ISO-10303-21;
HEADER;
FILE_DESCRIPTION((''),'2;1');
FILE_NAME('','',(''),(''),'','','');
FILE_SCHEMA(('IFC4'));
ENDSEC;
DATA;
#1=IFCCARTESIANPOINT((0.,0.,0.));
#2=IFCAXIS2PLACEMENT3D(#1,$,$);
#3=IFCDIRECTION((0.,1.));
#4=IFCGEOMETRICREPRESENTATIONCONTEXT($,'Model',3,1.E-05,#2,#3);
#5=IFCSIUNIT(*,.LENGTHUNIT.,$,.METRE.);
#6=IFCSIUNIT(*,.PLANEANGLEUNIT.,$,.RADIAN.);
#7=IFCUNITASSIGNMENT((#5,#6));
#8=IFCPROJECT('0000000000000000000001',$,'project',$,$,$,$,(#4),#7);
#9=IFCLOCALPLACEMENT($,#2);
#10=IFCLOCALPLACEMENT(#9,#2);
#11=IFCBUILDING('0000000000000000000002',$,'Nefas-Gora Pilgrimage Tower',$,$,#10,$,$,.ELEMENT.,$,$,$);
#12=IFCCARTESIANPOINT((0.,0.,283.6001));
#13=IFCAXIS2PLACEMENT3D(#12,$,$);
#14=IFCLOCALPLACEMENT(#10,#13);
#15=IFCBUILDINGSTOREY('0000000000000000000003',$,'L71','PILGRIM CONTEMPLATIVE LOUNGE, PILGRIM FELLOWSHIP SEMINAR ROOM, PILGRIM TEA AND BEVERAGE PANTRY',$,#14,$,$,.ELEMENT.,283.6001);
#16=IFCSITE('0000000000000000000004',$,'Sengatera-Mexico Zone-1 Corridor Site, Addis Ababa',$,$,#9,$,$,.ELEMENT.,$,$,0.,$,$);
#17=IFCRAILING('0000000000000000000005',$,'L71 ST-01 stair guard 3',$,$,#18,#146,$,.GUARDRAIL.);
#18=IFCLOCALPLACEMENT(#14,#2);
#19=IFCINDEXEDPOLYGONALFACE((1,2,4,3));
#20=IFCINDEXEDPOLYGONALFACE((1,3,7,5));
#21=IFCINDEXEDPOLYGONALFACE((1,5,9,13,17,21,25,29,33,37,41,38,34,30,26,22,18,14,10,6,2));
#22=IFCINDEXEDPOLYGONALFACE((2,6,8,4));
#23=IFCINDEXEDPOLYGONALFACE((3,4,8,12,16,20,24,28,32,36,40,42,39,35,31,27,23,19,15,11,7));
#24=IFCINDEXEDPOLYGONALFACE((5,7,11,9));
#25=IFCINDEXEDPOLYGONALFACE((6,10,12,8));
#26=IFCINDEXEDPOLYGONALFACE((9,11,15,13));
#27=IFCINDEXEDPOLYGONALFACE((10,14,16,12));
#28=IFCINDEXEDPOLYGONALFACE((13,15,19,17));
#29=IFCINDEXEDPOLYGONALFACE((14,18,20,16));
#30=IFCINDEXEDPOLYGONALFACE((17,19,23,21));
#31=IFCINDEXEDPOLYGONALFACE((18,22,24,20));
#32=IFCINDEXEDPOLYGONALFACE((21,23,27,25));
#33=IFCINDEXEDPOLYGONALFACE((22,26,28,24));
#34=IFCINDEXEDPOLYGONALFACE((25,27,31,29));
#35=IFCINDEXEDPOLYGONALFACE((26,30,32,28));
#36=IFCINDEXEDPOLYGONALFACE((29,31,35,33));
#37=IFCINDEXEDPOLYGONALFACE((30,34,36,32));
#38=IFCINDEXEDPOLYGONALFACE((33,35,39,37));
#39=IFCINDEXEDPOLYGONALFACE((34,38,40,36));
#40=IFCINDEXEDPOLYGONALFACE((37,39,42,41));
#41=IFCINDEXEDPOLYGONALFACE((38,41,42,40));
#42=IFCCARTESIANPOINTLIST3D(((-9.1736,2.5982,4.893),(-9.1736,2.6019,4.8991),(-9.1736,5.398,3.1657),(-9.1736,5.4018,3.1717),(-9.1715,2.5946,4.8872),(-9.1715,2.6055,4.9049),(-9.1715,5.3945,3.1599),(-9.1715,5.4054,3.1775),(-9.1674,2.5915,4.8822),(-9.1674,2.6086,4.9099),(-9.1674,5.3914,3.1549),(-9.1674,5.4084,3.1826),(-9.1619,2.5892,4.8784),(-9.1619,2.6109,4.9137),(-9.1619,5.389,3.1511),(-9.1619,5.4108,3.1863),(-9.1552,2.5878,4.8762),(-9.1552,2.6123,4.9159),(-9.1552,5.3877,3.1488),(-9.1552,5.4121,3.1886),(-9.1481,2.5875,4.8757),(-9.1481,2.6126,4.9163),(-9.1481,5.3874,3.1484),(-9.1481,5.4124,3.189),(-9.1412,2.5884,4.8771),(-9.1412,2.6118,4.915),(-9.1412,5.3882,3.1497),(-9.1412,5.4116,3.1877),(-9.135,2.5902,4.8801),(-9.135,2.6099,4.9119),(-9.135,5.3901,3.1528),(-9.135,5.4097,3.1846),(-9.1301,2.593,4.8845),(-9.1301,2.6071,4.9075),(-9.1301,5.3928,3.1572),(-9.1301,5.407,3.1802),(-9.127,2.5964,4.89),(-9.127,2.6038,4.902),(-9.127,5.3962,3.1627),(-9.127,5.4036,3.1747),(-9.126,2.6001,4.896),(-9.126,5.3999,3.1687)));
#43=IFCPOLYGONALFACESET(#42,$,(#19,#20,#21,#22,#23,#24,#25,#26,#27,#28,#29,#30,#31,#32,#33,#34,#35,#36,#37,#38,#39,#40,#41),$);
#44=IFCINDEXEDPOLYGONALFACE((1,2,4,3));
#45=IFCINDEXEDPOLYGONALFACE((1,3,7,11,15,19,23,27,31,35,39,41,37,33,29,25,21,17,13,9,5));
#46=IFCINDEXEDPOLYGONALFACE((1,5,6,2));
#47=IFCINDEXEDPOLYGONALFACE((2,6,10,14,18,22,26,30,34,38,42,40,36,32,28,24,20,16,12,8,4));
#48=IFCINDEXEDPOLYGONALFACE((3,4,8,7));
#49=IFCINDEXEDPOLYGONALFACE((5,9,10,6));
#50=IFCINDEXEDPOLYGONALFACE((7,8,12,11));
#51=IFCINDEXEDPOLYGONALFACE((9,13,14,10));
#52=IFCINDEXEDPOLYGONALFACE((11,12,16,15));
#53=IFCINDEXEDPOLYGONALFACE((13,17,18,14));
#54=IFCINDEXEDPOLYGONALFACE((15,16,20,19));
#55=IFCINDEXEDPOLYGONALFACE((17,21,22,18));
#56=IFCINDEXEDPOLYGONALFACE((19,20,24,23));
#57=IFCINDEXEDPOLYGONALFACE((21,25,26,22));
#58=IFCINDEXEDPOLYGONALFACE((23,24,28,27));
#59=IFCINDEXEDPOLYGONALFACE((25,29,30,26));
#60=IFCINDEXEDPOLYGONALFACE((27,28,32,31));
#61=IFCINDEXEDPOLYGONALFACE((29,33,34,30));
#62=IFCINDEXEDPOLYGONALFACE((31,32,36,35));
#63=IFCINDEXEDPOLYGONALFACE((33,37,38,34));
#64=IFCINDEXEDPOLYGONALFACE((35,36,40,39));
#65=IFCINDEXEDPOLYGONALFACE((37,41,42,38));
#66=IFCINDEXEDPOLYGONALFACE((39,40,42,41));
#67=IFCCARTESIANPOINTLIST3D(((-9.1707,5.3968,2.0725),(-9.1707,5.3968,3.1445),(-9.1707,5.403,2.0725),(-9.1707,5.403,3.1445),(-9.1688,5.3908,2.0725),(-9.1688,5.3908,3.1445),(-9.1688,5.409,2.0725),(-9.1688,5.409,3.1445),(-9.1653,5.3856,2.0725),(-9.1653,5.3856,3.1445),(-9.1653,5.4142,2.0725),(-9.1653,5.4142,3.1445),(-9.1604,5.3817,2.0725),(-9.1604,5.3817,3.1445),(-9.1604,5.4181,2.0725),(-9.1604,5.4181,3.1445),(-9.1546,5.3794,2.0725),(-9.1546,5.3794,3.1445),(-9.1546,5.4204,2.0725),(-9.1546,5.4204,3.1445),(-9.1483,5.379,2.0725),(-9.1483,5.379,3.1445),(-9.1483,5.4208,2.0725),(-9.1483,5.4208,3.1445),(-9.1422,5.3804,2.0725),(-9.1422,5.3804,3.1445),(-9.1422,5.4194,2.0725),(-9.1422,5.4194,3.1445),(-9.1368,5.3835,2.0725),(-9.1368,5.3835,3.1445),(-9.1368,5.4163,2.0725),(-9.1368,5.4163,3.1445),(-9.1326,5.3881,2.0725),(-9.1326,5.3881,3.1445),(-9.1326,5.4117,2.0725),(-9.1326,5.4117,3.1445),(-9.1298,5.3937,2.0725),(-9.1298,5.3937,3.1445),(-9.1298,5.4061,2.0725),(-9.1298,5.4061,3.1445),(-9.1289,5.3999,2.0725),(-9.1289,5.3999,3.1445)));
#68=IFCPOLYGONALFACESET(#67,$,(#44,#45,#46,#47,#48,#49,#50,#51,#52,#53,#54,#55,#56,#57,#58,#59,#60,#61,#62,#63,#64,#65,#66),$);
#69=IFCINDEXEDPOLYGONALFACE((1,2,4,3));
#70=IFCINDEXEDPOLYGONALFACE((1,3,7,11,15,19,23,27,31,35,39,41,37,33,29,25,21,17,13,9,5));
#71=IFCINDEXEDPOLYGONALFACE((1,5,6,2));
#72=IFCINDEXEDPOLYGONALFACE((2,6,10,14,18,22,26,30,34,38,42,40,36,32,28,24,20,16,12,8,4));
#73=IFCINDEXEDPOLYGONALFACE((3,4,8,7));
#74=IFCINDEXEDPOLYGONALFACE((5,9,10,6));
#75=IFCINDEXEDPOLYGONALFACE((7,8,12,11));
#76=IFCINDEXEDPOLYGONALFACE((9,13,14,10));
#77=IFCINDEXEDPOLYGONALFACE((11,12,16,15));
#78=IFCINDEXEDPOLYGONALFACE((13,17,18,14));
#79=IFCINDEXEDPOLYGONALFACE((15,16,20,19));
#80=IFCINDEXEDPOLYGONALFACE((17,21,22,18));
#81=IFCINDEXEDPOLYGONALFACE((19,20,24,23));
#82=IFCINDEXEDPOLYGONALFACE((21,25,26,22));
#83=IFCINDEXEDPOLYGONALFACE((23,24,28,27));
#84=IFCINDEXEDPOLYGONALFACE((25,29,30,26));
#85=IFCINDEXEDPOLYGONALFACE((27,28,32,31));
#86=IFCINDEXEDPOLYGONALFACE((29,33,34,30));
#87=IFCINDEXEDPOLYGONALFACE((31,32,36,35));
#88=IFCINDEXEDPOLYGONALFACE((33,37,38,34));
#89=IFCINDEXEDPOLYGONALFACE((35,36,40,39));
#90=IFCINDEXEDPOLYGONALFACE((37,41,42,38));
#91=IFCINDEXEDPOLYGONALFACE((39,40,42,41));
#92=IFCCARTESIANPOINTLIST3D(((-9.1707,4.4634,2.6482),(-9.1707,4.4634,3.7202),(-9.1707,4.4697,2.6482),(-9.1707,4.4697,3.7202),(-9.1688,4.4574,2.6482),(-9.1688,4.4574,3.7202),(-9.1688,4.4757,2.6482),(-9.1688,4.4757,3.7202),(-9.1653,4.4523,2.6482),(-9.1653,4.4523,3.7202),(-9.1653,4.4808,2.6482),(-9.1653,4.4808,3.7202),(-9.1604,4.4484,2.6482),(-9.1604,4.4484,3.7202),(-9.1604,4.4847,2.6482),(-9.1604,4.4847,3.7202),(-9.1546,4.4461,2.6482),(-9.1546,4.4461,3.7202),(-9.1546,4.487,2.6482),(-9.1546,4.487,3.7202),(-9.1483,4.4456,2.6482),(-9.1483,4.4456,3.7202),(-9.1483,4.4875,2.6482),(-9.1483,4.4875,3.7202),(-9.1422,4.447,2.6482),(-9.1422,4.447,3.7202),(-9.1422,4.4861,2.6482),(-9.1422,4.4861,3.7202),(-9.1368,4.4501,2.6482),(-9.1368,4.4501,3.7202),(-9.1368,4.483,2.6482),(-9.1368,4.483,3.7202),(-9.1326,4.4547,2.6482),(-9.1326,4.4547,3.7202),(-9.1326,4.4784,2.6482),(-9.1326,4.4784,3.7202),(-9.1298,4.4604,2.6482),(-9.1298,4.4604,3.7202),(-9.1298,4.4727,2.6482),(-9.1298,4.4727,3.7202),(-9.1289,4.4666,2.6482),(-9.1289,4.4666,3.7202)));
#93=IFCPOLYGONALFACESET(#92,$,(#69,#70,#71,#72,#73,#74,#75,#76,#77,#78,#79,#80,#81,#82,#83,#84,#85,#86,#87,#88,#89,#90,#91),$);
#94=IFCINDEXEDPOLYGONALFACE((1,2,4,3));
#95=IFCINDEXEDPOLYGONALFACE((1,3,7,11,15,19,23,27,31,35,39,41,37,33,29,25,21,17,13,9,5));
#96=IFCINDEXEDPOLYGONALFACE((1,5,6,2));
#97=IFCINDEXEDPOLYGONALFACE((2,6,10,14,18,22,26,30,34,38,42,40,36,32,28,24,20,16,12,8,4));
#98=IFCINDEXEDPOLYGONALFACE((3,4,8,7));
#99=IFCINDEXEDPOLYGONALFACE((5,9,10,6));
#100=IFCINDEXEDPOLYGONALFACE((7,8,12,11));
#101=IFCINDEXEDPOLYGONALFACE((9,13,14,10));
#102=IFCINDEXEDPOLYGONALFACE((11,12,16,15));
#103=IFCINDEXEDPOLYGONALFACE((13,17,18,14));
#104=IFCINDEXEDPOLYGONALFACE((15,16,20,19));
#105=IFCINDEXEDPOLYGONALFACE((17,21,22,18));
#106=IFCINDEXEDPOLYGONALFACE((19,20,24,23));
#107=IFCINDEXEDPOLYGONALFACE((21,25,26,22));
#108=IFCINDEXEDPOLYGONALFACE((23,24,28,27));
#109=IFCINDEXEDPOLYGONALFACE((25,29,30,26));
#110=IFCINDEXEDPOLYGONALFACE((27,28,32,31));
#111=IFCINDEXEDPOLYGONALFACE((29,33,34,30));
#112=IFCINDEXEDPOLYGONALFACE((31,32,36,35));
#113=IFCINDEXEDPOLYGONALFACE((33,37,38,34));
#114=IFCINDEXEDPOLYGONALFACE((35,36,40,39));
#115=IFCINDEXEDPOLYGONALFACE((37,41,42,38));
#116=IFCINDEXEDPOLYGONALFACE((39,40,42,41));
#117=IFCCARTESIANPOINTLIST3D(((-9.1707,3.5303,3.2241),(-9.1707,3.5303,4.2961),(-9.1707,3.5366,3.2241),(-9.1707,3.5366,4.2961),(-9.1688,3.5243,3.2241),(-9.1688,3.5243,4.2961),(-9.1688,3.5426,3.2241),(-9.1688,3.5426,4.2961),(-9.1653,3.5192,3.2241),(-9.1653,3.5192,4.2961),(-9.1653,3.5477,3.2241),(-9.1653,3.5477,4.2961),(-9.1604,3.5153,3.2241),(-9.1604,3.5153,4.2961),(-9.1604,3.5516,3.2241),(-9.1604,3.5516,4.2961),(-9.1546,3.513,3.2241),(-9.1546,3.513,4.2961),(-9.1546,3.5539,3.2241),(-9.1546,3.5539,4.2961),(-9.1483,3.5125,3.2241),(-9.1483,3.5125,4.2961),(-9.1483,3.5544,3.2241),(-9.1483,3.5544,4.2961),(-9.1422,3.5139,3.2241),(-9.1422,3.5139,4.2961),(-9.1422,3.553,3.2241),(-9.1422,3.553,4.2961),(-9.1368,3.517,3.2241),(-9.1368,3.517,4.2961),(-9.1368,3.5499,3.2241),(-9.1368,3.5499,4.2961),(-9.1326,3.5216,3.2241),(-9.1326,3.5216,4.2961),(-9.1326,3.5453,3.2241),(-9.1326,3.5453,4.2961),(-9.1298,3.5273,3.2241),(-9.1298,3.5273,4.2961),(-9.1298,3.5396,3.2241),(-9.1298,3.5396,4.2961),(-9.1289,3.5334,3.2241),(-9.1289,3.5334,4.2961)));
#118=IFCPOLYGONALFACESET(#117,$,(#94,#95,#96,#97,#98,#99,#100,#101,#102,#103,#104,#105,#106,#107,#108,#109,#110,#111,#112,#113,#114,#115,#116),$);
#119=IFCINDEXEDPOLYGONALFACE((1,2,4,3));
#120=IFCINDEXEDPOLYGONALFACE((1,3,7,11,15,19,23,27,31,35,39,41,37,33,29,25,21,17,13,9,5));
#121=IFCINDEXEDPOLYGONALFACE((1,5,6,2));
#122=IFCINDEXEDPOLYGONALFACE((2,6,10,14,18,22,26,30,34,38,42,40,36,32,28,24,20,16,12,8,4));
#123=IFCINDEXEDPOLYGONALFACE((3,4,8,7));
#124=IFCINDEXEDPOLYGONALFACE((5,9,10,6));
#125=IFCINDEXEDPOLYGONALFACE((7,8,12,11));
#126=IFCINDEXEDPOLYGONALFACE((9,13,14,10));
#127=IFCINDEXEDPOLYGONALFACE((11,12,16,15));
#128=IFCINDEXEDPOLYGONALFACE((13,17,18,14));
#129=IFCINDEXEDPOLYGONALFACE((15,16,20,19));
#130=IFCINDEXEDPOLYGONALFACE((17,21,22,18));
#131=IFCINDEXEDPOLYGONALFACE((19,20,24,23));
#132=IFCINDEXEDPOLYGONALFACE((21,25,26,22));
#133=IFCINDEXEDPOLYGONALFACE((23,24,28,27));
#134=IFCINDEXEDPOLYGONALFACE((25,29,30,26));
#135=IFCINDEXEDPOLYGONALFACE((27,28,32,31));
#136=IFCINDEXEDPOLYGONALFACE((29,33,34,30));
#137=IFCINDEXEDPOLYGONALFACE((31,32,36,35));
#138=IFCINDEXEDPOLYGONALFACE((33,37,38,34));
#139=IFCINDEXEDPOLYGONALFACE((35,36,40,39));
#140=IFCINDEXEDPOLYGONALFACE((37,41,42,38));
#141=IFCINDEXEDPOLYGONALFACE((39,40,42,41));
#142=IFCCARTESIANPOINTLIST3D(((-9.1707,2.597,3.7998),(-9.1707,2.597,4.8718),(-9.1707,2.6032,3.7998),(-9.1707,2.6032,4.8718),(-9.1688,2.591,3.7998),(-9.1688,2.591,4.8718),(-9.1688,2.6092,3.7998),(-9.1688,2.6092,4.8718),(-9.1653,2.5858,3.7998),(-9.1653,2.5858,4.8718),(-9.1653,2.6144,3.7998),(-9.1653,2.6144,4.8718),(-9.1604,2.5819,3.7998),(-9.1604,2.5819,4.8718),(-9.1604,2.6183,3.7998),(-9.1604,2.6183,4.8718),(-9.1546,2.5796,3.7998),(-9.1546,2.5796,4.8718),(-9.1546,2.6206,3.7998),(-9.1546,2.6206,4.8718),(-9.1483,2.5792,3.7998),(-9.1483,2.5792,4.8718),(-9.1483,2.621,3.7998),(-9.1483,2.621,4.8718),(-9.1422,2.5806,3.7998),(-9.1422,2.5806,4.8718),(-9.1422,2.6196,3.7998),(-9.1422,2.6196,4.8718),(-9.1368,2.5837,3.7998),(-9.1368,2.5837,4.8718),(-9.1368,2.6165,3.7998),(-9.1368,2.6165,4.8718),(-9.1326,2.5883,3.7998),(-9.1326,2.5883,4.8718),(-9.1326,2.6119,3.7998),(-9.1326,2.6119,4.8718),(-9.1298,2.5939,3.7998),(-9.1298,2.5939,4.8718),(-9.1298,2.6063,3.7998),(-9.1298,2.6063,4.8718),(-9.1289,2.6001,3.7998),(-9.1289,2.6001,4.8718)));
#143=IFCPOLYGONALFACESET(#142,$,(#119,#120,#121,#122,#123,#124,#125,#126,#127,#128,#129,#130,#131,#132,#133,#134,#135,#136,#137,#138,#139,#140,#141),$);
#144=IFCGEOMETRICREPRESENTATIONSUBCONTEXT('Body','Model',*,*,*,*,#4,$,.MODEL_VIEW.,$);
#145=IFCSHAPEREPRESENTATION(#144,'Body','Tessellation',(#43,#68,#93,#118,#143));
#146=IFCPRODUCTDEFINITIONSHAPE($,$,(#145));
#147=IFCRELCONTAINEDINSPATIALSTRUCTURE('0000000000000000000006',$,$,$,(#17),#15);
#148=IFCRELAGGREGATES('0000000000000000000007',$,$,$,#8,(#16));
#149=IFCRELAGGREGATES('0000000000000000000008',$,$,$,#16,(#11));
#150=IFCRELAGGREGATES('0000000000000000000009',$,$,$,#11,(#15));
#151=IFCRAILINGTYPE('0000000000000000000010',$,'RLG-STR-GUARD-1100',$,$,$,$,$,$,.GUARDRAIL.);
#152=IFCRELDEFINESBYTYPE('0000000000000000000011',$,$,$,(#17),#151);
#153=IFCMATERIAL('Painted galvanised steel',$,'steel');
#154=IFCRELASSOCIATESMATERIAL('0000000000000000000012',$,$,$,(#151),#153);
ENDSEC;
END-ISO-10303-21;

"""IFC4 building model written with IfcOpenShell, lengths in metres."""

from ifc_helpers import new_model, si_unit, direction, frame, origin, origin_2d, place, context, subcontext, project, spatial, circle, extrude, material, type_object, element, save


model = new_model("IFC4")

# Units and contexts
model_context = context("Model", 3, precision=1e-05, world=origin(), true_north=direction((0.0, 1.0)))
body_context = subcontext(model_context, "Body", "Model", "MODEL_VIEW")
ifc_project = project(units=[si_unit("LENGTHUNIT", "METRE"), si_unit("PLANEANGLEUNIT", "RADIAN")], contexts=[model_context])

# Site, building, storey
site_placement = place(None, origin())
site = spatial("IfcSite", under=ifc_project, at=site_placement, Name="Sengatera-Mexico Zone-1 Corridor Site, Addis Ababa", CompositionType="ELEMENT", RefElevation=0.0)
building_placement = place(site_placement, origin())
building = spatial("IfcBuilding", under=site, at=building_placement, Name="Nefas-Gora Pilgrimage Tower", CompositionType="ELEMENT")
storey_placement = place(building_placement, frame((0.0, 0.0, 283.6001)))
storey = spatial("IfcBuildingStorey", under=building, at=storey_placement, Name="L71", Description="PILGRIM CONTEMPLATIVE LOUNGE, PILGRIM FELLOWSHIP SEMINAR ROOM, PILGRIM TEA AND BEVERAGE PANTRY", CompositionType="ELEMENT", Elevation=283.6001)

# Railing
ifc_material_1 = material(Name="Painted galvanised steel", Category="steel")
railing_type_1 = type_object("IfcRailingType", Name="RLG-STR-GUARD-1100", PredefinedType="GUARDRAIL", material=ifc_material_1)
railing_1_placement = place(storey_placement, frame((-9.1499, 5.3999, 2.0725)))
element("IfcRailing", 1, at=railing_1_placement, inside=storey, type_object=railing_type_1, Name="L71 ST-01 stair guard 3", PredefinedType="GUARDRAIL", context=body_context, shape_type="SweptSolid", body=[
    extrude(circle(Radius=0.0239, at=origin_2d()), frame((0.0, 0.0, 1.0962), z_axis=(0.0, -0.851069, 0.525054), x_axis=(1.0, 0.0, 0.0)), (0.0, 0.0, 1.0), 3.2898),
    extrude(circle(Radius=0.021, at=origin_2d()), origin(), (0.0, 0.0, 1.0), 1.072),
    extrude(circle(Radius=0.021, at=origin_2d()), frame((0.0, -0.9333, 0.5757)), (0.0, 0.0, 1.0), 1.072),
    extrude(circle(Radius=0.021, at=origin_2d()), frame((0.0, -1.8665, 1.1516)), (0.0, 0.0, 1.0), 1.072),
    extrude(circle(Radius=0.021, at=origin_2d()), frame((0.0, -2.7998, 1.7273)), (0.0, 0.0, 1.0), 1.072),
])

save(model, "model.ifc")
